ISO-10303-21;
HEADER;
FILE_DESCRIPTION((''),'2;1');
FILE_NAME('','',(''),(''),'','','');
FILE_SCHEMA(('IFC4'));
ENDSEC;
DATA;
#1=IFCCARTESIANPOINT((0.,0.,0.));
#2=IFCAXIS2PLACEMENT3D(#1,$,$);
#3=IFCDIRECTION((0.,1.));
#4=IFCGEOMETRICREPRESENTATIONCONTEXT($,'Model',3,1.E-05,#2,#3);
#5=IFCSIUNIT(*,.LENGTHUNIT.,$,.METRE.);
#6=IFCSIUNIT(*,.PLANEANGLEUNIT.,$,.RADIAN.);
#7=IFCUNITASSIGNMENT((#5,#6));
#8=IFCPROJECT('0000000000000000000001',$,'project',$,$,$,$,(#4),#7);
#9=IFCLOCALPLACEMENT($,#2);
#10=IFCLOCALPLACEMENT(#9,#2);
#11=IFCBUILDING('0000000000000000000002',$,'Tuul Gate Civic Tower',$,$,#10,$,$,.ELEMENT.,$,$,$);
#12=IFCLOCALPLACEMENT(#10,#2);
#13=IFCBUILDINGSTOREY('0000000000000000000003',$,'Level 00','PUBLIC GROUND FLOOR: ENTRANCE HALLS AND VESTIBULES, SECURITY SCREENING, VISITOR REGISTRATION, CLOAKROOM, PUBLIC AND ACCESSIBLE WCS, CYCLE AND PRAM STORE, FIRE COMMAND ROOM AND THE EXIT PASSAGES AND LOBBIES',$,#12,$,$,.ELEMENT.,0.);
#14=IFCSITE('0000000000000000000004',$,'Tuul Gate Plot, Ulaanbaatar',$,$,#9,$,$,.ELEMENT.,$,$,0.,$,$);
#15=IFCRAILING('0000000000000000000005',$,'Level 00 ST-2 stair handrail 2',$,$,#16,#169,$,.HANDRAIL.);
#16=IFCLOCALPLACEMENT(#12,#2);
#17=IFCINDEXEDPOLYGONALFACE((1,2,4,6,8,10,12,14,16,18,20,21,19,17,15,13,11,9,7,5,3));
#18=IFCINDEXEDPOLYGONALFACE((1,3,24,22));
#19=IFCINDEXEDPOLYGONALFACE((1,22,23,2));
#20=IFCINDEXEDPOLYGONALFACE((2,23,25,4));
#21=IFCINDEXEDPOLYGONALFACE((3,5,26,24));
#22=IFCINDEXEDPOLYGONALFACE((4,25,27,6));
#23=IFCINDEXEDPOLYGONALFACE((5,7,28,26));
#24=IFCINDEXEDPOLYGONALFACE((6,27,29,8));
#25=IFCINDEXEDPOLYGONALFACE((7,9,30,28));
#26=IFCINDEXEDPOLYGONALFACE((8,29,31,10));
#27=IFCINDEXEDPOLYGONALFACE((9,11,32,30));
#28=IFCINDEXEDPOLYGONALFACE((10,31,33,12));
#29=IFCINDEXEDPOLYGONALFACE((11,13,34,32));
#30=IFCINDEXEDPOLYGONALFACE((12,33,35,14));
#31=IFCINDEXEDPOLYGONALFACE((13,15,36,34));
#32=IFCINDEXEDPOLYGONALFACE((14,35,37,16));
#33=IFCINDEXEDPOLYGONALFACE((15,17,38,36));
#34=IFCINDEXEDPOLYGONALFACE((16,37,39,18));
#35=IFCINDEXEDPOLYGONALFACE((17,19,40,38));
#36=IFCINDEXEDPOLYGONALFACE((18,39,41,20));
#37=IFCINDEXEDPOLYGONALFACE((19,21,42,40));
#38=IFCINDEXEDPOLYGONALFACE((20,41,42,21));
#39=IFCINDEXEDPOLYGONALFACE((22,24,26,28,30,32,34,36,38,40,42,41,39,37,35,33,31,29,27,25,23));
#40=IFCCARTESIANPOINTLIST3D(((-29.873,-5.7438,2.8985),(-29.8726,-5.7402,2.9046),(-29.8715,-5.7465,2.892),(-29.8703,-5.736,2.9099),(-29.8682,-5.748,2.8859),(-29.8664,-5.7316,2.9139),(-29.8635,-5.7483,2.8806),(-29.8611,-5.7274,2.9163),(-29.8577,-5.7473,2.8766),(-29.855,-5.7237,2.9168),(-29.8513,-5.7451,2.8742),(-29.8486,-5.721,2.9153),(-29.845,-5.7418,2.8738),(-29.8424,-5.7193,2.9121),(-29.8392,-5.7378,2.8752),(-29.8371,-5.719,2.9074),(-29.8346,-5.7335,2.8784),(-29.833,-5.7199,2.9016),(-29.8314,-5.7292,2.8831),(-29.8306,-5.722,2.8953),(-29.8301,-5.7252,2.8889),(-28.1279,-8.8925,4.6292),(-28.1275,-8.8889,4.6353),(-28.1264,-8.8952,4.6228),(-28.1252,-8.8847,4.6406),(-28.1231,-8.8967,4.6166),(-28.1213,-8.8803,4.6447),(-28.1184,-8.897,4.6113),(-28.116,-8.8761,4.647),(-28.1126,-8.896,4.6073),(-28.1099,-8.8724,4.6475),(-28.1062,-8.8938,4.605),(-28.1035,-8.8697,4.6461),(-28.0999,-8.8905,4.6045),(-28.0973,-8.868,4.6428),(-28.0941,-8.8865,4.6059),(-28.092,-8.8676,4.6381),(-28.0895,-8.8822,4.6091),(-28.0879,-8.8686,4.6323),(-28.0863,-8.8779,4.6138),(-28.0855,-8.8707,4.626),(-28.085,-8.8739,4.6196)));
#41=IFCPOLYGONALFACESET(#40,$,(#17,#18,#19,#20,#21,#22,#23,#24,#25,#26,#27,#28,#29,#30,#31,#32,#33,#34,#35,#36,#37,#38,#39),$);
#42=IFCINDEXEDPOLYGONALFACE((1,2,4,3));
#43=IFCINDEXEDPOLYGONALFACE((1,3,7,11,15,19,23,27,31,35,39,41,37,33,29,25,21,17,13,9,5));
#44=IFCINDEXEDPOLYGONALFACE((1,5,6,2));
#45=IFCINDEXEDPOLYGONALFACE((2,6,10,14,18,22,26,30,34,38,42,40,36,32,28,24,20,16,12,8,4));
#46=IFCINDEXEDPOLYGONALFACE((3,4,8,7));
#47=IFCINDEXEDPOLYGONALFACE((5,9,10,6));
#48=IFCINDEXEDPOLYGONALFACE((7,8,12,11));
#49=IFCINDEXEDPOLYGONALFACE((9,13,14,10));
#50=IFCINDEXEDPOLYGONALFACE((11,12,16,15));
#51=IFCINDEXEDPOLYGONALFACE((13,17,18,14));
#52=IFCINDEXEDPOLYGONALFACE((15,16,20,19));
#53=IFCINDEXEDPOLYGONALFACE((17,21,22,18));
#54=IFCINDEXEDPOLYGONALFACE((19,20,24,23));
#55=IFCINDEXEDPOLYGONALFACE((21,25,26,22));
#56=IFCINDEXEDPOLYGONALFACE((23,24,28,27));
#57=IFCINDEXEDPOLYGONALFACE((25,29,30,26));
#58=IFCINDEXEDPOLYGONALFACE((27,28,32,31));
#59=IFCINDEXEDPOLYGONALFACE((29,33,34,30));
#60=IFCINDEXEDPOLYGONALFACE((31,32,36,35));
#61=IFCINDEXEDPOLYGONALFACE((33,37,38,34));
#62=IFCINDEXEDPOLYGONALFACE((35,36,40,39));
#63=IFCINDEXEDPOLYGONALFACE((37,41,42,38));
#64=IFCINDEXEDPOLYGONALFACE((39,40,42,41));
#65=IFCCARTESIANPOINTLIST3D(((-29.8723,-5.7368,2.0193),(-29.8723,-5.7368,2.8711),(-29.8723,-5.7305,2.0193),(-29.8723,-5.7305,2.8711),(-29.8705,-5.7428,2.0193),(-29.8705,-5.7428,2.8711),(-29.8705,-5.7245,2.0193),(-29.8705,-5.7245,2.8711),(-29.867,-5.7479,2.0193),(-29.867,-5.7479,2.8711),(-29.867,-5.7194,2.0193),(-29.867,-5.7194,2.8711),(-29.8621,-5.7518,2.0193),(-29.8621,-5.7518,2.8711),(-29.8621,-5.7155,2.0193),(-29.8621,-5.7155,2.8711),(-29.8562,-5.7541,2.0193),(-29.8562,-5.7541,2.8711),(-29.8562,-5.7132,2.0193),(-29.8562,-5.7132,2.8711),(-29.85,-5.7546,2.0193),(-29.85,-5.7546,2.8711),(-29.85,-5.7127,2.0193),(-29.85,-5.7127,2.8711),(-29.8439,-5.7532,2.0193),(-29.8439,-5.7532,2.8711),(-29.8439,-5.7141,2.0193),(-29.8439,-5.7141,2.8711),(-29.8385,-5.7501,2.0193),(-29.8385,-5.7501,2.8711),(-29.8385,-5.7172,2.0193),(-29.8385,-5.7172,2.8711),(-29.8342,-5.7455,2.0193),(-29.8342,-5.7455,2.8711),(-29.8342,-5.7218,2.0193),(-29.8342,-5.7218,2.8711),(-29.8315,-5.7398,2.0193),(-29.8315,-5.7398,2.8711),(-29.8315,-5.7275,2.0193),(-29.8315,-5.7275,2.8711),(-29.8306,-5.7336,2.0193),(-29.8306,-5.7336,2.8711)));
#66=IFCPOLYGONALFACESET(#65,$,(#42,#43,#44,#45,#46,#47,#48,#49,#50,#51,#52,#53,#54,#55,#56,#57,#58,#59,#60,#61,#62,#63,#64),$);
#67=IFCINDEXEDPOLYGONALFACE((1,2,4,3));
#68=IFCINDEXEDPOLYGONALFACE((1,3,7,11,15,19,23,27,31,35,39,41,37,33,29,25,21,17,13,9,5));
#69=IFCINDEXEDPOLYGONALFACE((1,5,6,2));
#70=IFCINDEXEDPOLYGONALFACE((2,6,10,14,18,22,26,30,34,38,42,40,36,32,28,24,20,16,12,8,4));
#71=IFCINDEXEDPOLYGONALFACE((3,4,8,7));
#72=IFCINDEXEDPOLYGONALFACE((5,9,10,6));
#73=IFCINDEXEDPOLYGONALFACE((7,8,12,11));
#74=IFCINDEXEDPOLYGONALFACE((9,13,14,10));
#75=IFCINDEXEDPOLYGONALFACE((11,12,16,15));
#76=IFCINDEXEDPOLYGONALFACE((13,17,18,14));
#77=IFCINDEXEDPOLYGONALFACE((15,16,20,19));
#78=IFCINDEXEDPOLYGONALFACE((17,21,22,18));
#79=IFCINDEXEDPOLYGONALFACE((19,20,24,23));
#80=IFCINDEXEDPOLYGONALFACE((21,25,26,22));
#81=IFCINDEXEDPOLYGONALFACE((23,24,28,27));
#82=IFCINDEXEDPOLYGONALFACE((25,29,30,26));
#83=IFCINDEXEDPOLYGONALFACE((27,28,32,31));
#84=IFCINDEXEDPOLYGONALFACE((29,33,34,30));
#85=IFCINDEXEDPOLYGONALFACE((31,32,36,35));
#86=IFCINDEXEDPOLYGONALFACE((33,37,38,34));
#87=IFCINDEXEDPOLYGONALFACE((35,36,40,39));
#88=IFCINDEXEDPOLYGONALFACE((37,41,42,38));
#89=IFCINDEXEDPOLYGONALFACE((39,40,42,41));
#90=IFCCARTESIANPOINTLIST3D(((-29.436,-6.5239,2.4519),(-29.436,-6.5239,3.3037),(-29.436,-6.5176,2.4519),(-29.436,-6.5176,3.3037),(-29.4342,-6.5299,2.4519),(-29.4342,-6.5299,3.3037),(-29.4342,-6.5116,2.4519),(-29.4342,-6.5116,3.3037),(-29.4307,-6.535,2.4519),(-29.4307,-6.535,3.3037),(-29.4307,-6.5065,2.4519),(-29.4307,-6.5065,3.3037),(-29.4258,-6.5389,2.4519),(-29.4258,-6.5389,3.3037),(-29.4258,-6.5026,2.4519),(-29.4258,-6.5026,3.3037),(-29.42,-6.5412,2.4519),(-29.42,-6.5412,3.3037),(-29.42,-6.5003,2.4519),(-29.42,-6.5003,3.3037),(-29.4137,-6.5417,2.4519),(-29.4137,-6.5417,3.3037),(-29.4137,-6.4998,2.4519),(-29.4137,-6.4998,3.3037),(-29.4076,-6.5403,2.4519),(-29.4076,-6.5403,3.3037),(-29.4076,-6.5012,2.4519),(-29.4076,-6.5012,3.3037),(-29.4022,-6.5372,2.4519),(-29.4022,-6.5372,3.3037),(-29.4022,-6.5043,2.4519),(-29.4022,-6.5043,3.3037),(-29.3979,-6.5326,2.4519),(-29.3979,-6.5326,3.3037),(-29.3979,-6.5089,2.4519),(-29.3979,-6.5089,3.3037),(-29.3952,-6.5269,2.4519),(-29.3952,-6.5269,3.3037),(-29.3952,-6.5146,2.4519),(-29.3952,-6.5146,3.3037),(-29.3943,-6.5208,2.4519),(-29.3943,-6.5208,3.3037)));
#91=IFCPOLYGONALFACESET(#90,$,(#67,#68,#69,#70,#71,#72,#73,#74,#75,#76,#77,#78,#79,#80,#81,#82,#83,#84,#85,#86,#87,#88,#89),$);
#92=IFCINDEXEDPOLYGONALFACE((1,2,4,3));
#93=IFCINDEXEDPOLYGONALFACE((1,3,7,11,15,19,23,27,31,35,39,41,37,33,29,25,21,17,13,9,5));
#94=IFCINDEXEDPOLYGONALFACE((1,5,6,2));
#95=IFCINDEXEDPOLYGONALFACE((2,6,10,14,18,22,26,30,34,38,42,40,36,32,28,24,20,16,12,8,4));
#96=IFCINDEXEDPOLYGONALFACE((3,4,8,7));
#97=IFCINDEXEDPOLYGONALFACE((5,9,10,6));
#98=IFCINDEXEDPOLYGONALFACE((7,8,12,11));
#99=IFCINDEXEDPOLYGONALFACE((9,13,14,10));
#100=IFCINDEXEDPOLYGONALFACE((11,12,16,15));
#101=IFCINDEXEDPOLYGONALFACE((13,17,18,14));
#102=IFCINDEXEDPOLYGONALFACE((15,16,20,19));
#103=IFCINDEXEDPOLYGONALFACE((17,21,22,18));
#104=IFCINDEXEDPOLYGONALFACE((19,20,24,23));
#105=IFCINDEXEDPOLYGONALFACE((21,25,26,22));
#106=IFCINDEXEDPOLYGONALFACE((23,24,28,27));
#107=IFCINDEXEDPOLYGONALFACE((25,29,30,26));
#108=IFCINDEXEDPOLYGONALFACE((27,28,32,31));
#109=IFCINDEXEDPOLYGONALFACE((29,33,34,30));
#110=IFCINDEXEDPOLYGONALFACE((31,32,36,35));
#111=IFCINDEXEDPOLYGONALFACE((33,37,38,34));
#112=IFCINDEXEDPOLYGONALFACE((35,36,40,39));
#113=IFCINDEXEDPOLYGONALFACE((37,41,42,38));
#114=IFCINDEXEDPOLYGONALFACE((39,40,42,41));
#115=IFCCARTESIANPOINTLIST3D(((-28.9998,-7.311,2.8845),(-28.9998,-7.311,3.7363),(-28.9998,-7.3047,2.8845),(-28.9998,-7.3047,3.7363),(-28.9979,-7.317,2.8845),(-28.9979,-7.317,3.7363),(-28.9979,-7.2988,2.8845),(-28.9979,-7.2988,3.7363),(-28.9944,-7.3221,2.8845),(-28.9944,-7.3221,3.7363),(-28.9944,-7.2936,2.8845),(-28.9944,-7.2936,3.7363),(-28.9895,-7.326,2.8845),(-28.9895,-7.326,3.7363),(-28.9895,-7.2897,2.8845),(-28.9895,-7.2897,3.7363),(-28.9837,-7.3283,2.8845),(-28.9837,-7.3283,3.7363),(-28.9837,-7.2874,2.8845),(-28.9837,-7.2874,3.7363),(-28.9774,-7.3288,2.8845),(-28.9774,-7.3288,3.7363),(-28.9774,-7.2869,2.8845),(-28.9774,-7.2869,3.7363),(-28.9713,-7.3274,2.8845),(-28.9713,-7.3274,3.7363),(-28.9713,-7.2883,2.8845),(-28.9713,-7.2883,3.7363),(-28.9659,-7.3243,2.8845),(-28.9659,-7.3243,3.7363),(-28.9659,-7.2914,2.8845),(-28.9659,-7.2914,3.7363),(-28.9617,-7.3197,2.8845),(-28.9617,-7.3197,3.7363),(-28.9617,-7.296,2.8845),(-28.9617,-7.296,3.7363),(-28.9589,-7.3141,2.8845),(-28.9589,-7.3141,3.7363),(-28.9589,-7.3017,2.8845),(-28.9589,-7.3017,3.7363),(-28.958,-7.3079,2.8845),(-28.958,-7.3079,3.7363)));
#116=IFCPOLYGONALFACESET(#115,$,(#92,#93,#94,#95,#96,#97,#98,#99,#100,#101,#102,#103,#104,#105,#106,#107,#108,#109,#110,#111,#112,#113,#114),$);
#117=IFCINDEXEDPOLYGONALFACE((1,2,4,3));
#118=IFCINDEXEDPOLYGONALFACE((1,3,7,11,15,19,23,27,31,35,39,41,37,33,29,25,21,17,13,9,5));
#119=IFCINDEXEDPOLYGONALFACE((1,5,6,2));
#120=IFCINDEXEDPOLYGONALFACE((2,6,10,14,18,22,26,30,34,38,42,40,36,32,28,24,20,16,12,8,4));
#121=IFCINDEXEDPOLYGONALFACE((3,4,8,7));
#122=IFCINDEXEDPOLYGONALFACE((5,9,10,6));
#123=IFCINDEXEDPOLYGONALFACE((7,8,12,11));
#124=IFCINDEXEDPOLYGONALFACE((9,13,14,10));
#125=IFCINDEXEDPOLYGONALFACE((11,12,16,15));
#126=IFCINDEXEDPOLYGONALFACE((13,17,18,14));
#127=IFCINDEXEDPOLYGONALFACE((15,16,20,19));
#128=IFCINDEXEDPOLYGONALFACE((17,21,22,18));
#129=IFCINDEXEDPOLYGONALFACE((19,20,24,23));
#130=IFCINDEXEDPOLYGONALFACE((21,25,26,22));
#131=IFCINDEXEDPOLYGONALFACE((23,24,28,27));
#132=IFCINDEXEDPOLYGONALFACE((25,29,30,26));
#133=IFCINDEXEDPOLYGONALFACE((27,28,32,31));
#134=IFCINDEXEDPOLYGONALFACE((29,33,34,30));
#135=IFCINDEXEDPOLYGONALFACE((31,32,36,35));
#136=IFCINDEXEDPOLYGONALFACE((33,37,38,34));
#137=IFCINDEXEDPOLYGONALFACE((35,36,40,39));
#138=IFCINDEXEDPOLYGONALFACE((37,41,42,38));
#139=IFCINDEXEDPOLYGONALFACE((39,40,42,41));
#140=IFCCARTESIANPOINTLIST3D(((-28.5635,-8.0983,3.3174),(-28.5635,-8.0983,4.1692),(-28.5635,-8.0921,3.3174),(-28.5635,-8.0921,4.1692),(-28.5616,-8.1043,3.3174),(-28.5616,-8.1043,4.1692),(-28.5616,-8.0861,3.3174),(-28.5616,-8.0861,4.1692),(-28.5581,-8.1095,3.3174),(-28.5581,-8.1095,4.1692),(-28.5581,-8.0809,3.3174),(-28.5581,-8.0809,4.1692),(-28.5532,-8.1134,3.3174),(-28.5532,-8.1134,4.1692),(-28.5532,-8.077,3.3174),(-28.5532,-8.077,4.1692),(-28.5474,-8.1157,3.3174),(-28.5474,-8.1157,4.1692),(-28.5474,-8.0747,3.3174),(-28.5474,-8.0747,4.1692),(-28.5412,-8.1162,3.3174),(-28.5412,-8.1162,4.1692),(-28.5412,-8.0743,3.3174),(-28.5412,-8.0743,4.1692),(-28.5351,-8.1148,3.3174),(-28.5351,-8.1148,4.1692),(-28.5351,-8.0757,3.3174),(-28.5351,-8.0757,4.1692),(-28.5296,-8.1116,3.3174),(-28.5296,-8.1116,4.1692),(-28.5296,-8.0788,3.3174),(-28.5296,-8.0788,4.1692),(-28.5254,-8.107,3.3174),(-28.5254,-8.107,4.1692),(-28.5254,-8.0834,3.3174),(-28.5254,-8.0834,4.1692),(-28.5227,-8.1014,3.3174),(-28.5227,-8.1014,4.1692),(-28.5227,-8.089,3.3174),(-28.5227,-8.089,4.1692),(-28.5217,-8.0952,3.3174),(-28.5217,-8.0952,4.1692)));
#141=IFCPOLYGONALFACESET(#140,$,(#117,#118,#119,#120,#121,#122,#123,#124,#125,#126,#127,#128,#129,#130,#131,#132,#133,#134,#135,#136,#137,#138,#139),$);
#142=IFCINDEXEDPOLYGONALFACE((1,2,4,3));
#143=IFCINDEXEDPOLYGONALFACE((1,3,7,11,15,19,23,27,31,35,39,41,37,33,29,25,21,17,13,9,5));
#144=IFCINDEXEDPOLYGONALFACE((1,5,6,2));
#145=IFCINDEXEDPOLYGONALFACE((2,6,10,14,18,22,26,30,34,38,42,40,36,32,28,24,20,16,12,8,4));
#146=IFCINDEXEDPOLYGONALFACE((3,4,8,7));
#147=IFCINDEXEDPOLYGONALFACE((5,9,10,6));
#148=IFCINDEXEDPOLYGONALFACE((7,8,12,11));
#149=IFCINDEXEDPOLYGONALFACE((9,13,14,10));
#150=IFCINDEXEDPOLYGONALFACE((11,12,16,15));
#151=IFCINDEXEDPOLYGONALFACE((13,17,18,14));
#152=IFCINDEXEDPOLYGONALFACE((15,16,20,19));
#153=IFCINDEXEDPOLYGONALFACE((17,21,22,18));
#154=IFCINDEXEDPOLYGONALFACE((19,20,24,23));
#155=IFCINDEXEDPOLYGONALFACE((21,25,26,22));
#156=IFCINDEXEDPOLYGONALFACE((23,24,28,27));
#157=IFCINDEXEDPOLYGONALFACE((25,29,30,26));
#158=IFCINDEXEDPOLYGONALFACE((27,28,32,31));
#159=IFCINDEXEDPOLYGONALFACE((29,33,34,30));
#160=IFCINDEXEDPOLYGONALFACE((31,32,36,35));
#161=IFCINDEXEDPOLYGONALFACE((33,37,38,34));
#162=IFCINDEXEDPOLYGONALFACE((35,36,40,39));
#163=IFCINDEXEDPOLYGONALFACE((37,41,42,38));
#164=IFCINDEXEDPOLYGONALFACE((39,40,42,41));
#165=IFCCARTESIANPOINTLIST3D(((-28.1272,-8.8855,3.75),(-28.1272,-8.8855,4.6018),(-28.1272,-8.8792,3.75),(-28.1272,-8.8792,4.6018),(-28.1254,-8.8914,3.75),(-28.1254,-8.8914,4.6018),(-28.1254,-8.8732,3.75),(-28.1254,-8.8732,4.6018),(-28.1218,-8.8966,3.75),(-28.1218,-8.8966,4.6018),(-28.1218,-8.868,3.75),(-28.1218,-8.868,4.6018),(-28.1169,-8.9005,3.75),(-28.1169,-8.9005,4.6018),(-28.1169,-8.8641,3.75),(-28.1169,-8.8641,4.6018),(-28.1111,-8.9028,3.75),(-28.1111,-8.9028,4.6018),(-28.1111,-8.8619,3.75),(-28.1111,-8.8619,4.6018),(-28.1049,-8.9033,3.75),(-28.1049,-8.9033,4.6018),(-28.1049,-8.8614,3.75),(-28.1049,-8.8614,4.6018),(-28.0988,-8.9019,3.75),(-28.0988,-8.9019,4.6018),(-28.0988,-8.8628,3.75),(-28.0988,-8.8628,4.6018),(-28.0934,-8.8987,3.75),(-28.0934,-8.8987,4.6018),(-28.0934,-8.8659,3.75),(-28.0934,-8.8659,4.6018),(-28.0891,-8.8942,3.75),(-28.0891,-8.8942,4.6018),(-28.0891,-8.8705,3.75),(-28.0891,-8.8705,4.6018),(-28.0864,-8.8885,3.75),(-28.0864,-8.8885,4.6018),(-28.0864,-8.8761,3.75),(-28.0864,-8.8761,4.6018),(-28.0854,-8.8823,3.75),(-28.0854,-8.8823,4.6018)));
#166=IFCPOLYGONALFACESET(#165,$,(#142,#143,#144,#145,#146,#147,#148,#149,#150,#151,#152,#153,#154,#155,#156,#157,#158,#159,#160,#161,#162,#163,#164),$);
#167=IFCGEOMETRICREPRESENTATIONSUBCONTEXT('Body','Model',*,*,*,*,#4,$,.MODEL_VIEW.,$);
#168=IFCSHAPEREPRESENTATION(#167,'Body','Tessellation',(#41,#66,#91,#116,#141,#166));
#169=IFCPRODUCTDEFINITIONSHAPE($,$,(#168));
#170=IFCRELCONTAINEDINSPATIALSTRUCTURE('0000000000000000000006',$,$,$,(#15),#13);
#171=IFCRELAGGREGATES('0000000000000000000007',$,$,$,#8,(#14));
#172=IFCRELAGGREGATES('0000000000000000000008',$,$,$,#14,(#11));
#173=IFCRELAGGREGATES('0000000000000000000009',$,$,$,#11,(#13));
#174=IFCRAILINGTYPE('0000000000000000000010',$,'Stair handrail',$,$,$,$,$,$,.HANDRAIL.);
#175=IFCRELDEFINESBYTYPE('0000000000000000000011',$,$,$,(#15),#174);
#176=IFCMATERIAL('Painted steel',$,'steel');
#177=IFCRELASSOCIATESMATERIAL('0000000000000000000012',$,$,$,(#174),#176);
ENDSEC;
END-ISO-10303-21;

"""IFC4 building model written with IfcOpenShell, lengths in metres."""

from ifc_helpers import new_model, si_unit, direction, frame, origin, origin_2d, place, context, subcontext, project, spatial, circle, extrude, material, type_object, element, save


model = new_model("IFC4")

# Units and contexts
model_context = context("Model", 3, precision=1e-05, world=origin(), true_north=direction((0.0, 1.0)))
body_context = subcontext(model_context, "Body", "Model", "MODEL_VIEW")
ifc_project = project(units=[si_unit("LENGTHUNIT", "METRE"), si_unit("PLANEANGLEUNIT", "RADIAN")], contexts=[model_context])

# Site, building, storey
site_placement = place(None, origin())
site = spatial("IfcSite", under=ifc_project, at=site_placement, Name="Tuul Gate Plot, Ulaanbaatar", CompositionType="ELEMENT", RefElevation=0.0)
building_placement = place(site_placement, origin())
building = spatial("IfcBuilding", under=site, at=building_placement, Name="Tuul Gate Civic Tower", CompositionType="ELEMENT")
storey_placement = place(building_placement, origin())
storey = spatial("IfcBuildingStorey", under=building, at=storey_placement, Name="Level 00", Description="PUBLIC GROUND FLOOR: ENTRANCE HALLS AND VESTIBULES, SECURITY SCREENING, VISITOR REGISTRATION, CLOAKROOM, PUBLIC AND ACCESSIBLE WCS, CYCLE AND PRAM STORE, FIRE COMMAND ROOM AND THE EXIT PASSAGES AND LOBBIES", CompositionType="ELEMENT", Elevation=0.0)

# Railing
ifc_material_1 = material(Name="Painted steel", Category="steel")
railing_type_1 = type_object("IfcRailingType", Name="Stair handrail", PredefinedType="HANDRAIL", material=ifc_material_1)
railing_1_placement = place(storey_placement, frame((-29.8516, -5.7336, 2.0193)))
element("IfcRailing", 1, at=railing_1_placement, inside=storey, type_object=railing_type_1, Name="Level 00 ST-2 stair handrail 2", PredefinedType="HANDRAIL", context=body_context, shape_type="SweptSolid", body=[
    extrude(circle(Radius=0.0239, at=origin_2d()), frame((0.0, 0.0, 0.876), z_axis=(0.436894, -0.78828, 0.433288), x_axis=(0.874646, 0.484762, 0.0)), (0.0, 0.0, 1.0), 3.9944),
    extrude(circle(Radius=0.021, at=origin_2d()), origin(), (0.0, 0.0, 1.0), 0.8518),
    extrude(circle(Radius=0.021, at=origin_2d()), frame((0.4363, -0.7871, 0.4326)), (0.0, 0.0, 1.0), 0.8518),
    extrude(circle(Radius=0.021, at=origin_2d()), frame((0.8726, -1.5742, 0.8652)), (0.0, 0.0, 1.0), 0.8518),
    extrude(circle(Radius=0.021, at=origin_2d()), frame((1.3088, -2.3616, 1.2981)), (0.0, 0.0, 1.0), 0.8518),
    extrude(circle(Radius=0.021, at=origin_2d()), frame((1.7451, -3.1487, 1.7307)), (0.0, 0.0, 1.0), 0.8518),
])

save(model, "model.ifc")
